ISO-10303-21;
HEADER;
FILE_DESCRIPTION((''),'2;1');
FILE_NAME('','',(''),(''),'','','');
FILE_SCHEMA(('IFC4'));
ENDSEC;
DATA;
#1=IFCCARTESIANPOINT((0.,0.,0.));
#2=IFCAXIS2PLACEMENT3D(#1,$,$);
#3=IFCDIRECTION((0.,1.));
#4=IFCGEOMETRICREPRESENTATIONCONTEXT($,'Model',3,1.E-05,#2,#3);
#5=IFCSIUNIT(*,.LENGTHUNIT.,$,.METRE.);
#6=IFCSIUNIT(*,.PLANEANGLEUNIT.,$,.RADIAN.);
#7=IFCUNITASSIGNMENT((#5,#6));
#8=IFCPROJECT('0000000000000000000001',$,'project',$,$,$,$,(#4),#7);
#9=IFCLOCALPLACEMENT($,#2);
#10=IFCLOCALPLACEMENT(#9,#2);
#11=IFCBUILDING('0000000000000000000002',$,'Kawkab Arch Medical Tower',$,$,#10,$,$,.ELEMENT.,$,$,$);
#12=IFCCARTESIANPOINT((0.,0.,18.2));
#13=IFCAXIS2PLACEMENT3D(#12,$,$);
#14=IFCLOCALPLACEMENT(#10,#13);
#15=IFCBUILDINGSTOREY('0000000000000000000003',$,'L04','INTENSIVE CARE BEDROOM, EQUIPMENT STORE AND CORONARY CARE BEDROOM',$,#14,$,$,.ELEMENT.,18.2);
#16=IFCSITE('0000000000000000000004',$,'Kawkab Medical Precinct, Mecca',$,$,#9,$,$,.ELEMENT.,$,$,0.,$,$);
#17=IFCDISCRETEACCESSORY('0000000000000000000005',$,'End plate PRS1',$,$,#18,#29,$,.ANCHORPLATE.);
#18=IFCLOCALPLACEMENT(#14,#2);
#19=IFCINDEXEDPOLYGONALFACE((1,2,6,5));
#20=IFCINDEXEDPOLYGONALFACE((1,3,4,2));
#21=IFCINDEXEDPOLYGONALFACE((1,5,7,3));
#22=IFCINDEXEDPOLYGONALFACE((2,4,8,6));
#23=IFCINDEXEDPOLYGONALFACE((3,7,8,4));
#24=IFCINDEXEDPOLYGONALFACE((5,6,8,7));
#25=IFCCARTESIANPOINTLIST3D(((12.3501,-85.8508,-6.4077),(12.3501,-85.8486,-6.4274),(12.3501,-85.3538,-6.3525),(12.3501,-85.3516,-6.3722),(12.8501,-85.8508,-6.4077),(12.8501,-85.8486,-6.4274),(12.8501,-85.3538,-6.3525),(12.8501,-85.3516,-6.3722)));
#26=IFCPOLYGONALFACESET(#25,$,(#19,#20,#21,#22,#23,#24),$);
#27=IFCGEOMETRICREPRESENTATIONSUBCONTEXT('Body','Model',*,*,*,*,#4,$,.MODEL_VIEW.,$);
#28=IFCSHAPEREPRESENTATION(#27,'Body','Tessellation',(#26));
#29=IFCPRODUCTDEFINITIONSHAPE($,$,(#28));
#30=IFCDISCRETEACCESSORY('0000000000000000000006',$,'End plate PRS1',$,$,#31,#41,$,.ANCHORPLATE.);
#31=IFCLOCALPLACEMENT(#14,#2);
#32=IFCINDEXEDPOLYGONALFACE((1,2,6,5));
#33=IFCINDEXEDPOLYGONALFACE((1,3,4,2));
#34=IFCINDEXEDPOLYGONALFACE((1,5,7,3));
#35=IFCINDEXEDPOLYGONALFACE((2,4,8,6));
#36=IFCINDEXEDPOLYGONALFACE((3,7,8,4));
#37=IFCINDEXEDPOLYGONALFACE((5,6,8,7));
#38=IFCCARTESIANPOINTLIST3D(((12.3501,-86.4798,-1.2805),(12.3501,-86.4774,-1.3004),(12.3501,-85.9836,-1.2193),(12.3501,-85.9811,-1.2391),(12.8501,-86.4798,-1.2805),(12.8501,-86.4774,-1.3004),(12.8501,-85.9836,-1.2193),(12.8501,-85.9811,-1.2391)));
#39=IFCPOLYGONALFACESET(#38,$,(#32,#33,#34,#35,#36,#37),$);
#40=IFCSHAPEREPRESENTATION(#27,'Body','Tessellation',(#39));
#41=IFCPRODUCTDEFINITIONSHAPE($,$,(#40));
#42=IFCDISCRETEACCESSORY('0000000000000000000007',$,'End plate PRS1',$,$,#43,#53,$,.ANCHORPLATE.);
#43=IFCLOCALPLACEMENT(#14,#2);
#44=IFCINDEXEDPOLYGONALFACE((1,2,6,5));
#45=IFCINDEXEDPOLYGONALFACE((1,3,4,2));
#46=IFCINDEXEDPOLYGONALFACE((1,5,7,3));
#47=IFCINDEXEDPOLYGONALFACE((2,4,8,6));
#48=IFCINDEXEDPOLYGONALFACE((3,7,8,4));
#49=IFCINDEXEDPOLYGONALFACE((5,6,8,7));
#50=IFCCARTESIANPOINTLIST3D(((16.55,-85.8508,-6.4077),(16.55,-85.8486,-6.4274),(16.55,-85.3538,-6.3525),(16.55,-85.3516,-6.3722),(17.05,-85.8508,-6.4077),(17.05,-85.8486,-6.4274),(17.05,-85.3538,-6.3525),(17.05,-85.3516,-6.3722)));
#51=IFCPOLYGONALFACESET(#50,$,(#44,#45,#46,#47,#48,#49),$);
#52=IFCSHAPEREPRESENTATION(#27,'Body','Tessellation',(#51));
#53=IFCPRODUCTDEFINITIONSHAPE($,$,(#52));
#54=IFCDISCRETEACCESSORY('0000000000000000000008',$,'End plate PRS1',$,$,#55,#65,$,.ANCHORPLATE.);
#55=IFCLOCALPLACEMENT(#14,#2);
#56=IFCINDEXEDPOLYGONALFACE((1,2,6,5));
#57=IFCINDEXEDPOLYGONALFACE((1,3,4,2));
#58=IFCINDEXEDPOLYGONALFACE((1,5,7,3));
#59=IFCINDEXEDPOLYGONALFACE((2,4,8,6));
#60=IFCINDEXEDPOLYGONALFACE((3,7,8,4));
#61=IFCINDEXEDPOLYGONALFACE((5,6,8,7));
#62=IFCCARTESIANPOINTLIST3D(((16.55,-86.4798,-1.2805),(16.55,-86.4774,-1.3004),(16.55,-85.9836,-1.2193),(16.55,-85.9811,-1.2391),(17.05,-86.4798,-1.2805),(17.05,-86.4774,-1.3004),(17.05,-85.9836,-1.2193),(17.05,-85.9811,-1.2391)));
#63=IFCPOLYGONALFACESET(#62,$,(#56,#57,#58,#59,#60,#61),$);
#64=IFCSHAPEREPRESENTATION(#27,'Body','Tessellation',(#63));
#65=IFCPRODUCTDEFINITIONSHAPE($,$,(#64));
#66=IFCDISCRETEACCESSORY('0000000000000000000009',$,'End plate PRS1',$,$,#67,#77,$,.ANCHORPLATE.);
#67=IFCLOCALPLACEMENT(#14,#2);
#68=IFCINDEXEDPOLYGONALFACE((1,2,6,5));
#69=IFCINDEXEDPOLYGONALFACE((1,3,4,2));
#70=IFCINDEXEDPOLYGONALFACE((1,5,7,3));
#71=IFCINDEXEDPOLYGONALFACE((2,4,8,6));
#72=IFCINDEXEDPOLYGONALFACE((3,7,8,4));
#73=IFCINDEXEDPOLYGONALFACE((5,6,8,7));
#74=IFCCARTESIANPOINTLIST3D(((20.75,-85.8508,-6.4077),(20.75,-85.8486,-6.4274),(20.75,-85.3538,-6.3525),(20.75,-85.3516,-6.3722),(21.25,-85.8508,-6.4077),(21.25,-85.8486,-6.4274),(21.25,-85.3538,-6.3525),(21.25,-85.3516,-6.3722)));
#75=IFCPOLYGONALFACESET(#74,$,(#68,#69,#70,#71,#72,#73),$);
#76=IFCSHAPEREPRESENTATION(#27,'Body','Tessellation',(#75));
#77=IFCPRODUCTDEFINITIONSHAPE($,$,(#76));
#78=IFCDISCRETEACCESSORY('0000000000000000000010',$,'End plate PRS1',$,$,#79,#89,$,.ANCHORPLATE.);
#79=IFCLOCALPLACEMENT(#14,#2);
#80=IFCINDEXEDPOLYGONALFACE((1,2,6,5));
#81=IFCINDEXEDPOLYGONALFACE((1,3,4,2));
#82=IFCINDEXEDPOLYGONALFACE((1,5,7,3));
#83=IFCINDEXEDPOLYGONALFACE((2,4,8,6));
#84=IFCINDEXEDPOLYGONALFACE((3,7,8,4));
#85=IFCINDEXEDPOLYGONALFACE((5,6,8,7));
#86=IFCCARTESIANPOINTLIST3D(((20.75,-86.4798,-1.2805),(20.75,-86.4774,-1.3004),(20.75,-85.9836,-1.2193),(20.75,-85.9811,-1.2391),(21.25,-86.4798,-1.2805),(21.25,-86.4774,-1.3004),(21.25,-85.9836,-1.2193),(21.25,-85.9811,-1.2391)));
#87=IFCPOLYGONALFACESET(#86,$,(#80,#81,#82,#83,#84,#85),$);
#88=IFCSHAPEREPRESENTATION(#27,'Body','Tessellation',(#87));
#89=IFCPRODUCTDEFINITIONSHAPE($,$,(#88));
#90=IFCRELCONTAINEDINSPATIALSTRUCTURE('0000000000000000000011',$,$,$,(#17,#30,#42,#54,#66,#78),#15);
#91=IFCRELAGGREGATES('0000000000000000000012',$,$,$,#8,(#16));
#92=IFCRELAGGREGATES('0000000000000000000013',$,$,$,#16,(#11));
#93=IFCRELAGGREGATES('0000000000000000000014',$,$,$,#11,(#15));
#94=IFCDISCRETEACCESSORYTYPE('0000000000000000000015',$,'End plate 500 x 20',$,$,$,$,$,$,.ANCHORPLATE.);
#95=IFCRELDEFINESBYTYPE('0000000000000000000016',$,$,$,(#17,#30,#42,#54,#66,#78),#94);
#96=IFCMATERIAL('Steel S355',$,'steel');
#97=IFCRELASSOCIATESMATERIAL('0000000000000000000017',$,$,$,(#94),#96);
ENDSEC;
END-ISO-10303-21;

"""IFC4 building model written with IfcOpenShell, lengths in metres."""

from ifc_helpers import new_model, si_unit, direction, frame, origin, origin_2d, place, context, subcontext, project, spatial, rectangle, extrude, material, material_profile, profile_set, type_object, element, save


model = new_model("IFC4")

# Units and contexts
model_context = context("Model", 3, precision=1e-05, world=origin(), true_north=direction((0.0, 1.0)))
body_context = subcontext(model_context, "Body", "Model", "MODEL_VIEW")
ifc_project = project(units=[si_unit("LENGTHUNIT", "METRE"), si_unit("PLANEANGLEUNIT", "RADIAN")], contexts=[model_context])

# Site, building, storey
site_placement = place(None, origin())
site = spatial("IfcSite", under=ifc_project, at=site_placement, Name="Kawkab Medical Precinct, Mecca", CompositionType="ELEMENT", RefElevation=0.0)
building_placement = place(site_placement, origin())
building = spatial("IfcBuilding", under=site, at=building_placement, Name="Kawkab Arch Medical Tower", CompositionType="ELEMENT")
storey_placement = place(building_placement, frame((0.0, 0.0, 18.2)))
storey = spatial("IfcBuildingStorey", under=building, at=storey_placement, Name="L04", Description="INTENSIVE CARE BEDROOM, EQUIPMENT STORE AND CORONARY CARE BEDROOM", CompositionType="ELEMENT", Elevation=18.2)

# Discrete accessories
ifc_material_1 = material(Name="Steel S355", Category="steel")
ifc_material_profile_1 = material_profile(ifc_material_1, rectangle(XDim=0.5, YDim=0.5, at=origin_2d()), Name="End plate 500 x 20")
ifc_profile_set_1 = profile_set([ifc_material_profile_1], Name="Steel S355")
discrete_accessory_type = type_object("IfcDiscreteAccessoryType", Name="End plate 500 x 20", PredefinedType="ANCHORPLATE", material=ifc_profile_set_1)
discrete_accessory_1_placement = place(storey_placement, frame((12.6001, -85.6023, -6.3801), z_axis=(0.0, 0.110432, -0.993884), x_axis=(-1.0, 0.0, 0.0)))
element("IfcDiscreteAccessory", 1, at=discrete_accessory_1_placement, inside=storey, type_object=discrete_accessory_type, Name="End plate PRS1", PredefinedType="ANCHORPLATE", context=body_context, shape_type="SweptSolid", body=[
    extrude(rectangle(XDim=0.5, YDim=0.5, at=origin_2d()), origin(), (0.0, 0.0, 1.0), 0.0198),
])
discrete_accessory_2_placement = place(storey_placement, frame((12.6001, -86.2292, -1.2698), z_axis=(0.0, -0.122527, 0.992465), x_axis=(1.0, 0.0, 0.0)))
element("IfcDiscreteAccessory", 2, at=discrete_accessory_2_placement, inside=storey, type_object=discrete_accessory_type, Name="End plate PRS1", PredefinedType="ANCHORPLATE", context=body_context, shape_type="SweptSolid", body=[
    extrude(rectangle(XDim=0.5, YDim=0.5, at=origin_2d()), origin(), (0.0, 0.0, 1.0), 0.02),
])
discrete_accessory_3_placement = place(storey_placement, frame((16.8, -85.6023, -6.3801), z_axis=(0.0, 0.110432, -0.993884), x_axis=(-1.0, 0.0, 0.0)))
element("IfcDiscreteAccessory", 3, at=discrete_accessory_3_placement, inside=storey, type_object=discrete_accessory_type, Name="End plate PRS1", PredefinedType="ANCHORPLATE", context=body_context, shape_type="SweptSolid", body=[
    extrude(rectangle(XDim=0.5, YDim=0.5, at=origin_2d()), origin(), (0.0, 0.0, 1.0), 0.0198),
])
discrete_accessory_4_placement = place(storey_placement, frame((16.8, -86.2292, -1.2698), z_axis=(0.0, -0.122527, 0.992465), x_axis=(1.0, 0.0, 0.0)))
element("IfcDiscreteAccessory", 4, at=discrete_accessory_4_placement, inside=storey, type_object=discrete_accessory_type, Name="End plate PRS1", PredefinedType="ANCHORPLATE", context=body_context, shape_type="SweptSolid", body=[
    extrude(rectangle(XDim=0.5, YDim=0.5, at=origin_2d()), origin(), (0.0, 0.0, 1.0), 0.02),
])
discrete_accessory_5_placement = place(storey_placement, frame((21.0, -85.6023, -6.3801), z_axis=(0.0, 0.110432, -0.993884), x_axis=(-1.0, 0.0, 0.0)))
element("IfcDiscreteAccessory", 5, at=discrete_accessory_5_placement, inside=storey, type_object=discrete_accessory_type, Name="End plate PRS1", PredefinedType="ANCHORPLATE", context=body_context, shape_type="SweptSolid", body=[
    extrude(rectangle(XDim=0.5, YDim=0.5, at=origin_2d()), origin(), (0.0, 0.0, 1.0), 0.0198),
])
discrete_accessory_6_placement = place(storey_placement, frame((21.0, -86.2292, -1.2698), z_axis=(0.0, -0.122527, 0.992465), x_axis=(1.0, 0.0, 0.0)))
element("IfcDiscreteAccessory", 6, at=discrete_accessory_6_placement, inside=storey, type_object=discrete_accessory_type, Name="End plate PRS1", PredefinedType="ANCHORPLATE", context=body_context, shape_type="SweptSolid", body=[
    extrude(rectangle(XDim=0.5, YDim=0.5, at=origin_2d()), origin(), (0.0, 0.0, 1.0), 0.02),
])

save(model, "model.ifc")
